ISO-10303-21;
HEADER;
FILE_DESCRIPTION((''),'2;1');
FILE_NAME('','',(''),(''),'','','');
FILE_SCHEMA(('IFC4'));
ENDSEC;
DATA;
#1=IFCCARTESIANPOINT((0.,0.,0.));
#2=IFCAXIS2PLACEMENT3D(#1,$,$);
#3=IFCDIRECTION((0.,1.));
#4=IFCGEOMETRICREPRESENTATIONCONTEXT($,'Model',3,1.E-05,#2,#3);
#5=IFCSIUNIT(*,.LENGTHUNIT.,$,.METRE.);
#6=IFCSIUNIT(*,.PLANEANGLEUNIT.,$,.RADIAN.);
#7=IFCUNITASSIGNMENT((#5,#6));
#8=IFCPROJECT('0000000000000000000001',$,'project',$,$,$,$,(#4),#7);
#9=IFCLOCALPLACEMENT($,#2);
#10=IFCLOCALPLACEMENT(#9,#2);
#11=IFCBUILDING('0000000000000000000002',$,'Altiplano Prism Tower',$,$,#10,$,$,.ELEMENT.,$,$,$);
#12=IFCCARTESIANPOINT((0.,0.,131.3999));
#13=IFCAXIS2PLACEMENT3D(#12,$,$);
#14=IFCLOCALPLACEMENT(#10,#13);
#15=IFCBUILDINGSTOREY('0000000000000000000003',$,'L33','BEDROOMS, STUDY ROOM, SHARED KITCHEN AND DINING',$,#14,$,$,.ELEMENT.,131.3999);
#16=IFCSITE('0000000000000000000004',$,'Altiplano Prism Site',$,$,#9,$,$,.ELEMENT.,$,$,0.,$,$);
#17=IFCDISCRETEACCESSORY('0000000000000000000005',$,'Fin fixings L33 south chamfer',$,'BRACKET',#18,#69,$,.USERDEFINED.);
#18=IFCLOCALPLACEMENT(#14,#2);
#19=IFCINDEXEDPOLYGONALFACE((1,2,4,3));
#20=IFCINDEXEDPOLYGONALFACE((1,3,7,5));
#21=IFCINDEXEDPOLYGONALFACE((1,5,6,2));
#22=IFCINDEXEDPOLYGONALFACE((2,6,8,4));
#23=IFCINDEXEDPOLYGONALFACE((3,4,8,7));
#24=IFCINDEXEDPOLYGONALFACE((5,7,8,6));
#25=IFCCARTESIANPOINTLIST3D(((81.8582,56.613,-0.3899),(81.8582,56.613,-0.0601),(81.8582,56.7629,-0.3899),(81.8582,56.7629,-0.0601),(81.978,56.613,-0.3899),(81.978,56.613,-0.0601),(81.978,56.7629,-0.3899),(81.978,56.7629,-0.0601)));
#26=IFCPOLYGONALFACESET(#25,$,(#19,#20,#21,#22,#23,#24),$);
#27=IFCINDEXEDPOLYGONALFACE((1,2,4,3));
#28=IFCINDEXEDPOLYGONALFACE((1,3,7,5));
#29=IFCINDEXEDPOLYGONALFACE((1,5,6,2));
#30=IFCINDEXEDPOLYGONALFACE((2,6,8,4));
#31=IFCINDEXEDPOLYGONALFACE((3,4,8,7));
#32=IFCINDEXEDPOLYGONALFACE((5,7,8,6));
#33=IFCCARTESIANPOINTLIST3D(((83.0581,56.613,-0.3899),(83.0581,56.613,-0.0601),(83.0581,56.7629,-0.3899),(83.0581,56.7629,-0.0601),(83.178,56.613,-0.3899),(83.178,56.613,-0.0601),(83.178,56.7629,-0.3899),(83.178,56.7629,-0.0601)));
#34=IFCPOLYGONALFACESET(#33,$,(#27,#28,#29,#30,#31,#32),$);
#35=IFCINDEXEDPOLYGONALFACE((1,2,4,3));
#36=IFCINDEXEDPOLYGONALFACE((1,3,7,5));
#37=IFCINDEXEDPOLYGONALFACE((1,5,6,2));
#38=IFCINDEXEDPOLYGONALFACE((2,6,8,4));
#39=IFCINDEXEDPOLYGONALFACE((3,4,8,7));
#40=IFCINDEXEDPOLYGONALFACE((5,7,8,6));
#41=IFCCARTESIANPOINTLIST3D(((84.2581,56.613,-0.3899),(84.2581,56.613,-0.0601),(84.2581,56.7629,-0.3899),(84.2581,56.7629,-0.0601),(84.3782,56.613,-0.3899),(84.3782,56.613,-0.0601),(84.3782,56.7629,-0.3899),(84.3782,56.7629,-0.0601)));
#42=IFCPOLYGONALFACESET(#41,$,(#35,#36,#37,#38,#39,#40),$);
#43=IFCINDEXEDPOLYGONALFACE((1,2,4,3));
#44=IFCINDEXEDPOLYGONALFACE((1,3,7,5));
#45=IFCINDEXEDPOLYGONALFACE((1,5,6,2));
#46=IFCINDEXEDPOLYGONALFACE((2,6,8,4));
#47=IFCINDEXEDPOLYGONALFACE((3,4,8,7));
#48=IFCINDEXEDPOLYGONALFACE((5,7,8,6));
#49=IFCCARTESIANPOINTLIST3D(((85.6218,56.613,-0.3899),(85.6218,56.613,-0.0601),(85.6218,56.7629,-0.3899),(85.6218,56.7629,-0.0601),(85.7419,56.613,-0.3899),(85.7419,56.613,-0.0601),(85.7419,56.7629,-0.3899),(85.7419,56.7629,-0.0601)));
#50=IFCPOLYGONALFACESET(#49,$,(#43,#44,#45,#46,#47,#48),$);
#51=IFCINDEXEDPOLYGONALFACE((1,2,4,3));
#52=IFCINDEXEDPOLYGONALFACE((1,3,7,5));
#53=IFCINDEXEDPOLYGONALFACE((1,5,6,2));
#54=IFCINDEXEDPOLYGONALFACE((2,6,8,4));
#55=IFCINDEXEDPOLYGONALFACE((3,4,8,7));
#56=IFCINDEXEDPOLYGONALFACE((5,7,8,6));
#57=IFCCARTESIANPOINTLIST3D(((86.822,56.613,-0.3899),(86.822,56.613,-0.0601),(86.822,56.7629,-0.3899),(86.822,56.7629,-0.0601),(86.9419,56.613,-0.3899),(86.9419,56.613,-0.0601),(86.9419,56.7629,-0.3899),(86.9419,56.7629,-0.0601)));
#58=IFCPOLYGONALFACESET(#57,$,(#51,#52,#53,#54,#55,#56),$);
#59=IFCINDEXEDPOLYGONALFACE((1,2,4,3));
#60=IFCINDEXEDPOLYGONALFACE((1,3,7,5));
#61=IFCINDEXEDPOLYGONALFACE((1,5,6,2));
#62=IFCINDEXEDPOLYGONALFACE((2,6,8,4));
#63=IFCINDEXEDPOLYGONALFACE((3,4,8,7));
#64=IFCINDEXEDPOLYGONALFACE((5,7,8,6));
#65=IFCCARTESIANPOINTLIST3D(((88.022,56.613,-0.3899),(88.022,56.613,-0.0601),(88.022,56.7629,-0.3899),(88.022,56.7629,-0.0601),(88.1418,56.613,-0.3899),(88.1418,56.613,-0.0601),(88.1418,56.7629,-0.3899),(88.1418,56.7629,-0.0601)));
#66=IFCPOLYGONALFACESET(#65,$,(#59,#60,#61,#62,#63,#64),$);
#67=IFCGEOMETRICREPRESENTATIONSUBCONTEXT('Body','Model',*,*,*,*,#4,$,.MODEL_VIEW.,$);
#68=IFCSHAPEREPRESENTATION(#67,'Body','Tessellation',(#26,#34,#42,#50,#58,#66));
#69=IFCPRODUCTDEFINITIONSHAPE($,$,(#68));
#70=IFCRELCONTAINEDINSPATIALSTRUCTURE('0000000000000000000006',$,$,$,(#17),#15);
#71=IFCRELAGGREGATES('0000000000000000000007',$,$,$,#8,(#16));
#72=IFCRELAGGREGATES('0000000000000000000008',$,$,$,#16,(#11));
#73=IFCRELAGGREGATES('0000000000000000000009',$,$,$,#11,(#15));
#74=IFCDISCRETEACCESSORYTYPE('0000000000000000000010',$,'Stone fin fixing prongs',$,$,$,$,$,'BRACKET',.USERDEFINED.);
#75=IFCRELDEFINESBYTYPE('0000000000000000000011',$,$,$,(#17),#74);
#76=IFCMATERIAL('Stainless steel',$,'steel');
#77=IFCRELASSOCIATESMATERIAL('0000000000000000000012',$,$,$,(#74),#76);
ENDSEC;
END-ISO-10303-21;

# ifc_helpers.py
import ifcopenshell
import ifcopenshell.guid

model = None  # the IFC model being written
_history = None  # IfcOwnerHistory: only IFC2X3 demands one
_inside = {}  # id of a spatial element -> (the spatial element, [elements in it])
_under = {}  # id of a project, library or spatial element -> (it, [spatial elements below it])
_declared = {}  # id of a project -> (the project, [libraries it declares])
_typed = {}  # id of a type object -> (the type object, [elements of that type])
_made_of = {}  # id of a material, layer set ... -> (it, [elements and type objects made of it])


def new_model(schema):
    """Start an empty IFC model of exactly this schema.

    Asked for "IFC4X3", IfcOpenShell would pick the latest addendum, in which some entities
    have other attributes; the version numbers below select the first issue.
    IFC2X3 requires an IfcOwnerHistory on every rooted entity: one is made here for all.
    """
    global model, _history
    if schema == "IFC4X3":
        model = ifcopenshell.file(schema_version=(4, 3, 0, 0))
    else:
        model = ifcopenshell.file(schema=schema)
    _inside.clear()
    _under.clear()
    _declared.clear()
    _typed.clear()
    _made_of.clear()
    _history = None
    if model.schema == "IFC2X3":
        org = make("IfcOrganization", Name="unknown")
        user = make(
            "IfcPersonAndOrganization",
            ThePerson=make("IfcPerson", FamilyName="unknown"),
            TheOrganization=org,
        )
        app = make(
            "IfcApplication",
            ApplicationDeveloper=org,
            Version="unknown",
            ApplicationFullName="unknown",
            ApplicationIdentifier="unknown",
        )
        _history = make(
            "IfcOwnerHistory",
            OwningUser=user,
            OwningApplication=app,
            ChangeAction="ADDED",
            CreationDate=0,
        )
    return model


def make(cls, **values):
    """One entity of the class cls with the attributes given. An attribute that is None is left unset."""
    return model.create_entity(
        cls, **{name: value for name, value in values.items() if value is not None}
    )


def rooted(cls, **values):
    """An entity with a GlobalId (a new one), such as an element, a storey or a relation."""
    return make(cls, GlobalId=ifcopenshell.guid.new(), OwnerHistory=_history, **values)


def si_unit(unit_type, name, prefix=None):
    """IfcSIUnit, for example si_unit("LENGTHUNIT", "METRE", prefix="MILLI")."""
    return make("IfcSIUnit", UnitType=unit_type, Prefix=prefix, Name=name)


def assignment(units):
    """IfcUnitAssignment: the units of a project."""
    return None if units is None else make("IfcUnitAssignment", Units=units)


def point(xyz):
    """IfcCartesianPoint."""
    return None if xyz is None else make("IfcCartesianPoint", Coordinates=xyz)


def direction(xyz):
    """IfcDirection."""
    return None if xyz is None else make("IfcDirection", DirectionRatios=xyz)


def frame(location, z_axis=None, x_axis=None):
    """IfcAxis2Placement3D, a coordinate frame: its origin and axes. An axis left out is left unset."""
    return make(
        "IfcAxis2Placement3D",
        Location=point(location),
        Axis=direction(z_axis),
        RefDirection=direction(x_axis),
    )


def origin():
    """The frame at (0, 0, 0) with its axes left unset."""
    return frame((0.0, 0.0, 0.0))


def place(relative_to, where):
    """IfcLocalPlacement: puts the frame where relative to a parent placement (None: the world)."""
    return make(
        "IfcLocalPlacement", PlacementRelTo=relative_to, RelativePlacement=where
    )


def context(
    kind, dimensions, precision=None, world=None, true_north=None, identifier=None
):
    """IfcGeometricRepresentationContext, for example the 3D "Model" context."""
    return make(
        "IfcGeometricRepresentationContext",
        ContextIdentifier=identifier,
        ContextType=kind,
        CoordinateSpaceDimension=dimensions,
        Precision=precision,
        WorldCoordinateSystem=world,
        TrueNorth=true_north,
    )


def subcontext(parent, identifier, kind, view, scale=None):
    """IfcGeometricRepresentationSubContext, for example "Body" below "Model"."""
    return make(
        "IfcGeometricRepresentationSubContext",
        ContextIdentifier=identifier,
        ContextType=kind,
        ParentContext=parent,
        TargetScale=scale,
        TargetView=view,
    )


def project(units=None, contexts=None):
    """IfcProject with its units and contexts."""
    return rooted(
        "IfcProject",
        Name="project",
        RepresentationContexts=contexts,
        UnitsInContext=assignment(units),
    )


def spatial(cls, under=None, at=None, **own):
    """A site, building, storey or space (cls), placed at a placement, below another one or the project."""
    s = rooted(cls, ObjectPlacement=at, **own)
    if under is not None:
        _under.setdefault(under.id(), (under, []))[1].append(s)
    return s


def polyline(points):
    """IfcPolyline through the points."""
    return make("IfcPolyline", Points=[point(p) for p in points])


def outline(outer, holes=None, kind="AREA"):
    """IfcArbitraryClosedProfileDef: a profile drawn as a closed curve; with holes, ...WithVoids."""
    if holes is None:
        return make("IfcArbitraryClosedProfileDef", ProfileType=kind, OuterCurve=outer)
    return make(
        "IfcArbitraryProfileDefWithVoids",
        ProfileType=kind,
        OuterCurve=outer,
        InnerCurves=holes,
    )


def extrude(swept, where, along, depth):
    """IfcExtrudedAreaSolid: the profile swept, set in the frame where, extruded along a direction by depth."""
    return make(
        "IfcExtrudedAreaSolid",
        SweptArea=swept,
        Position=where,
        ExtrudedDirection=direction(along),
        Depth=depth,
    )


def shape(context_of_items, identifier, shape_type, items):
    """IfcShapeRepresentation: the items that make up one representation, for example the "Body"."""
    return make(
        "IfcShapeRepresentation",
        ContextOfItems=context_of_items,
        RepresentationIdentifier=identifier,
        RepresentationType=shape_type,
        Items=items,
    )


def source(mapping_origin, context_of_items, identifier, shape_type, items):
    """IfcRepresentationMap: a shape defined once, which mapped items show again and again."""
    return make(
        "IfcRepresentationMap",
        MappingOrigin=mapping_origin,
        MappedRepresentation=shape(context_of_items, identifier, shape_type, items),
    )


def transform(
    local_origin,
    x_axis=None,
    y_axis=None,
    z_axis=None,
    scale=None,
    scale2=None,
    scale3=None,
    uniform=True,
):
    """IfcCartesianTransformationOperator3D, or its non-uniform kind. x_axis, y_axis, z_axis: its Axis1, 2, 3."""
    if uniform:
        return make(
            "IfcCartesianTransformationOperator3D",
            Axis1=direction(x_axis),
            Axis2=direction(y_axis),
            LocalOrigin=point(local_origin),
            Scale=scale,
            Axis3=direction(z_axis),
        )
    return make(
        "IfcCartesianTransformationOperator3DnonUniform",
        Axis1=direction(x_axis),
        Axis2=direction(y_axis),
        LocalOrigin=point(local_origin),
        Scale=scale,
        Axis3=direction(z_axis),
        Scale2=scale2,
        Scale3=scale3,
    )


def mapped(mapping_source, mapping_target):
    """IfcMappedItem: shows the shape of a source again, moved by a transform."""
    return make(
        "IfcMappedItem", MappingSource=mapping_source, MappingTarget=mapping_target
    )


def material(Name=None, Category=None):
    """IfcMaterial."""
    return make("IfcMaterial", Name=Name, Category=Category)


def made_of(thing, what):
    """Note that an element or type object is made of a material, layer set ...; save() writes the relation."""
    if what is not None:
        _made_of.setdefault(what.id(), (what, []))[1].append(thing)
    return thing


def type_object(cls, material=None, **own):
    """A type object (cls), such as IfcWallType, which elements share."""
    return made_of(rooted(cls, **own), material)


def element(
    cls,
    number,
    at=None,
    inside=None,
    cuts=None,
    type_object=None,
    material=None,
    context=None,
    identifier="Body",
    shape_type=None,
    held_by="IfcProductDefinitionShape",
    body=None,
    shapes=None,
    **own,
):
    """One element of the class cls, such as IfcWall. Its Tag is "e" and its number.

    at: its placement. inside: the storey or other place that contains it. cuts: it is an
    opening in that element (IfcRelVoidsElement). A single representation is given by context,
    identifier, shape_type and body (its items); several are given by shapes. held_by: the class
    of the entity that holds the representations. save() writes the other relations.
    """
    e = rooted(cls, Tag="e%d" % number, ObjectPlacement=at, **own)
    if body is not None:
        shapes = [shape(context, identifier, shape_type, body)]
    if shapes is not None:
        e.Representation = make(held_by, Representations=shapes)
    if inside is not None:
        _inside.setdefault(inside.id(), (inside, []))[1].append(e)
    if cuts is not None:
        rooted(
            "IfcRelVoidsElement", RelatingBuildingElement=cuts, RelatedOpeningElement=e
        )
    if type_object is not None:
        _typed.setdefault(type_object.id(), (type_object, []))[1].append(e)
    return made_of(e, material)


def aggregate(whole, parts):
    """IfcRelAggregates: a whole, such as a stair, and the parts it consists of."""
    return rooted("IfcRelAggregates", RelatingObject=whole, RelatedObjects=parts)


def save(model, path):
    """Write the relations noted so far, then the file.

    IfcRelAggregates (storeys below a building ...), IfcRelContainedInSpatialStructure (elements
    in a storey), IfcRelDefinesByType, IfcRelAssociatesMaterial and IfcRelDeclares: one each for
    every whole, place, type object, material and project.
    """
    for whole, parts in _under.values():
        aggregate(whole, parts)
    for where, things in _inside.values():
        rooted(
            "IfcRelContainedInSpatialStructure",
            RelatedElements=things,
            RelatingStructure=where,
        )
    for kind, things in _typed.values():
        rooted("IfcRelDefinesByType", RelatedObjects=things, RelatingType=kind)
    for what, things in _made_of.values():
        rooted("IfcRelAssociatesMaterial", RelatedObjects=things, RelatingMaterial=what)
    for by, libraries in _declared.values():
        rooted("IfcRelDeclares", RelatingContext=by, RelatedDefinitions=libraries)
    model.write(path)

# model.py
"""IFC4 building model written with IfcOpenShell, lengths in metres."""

from ifc_helpers import new_model, si_unit, direction, frame, origin, place, context, subcontext, project, spatial, polyline, outline, extrude, source, transform, mapped, material, type_object, element, save


model = new_model("IFC4")

# Units and contexts
model_context = context("Model", 3, precision=1e-05, world=origin(), true_north=direction((0.0, 1.0)))
body_context = subcontext(model_context, "Body", "Model", "MODEL_VIEW")
ifc_project = project(units=[si_unit("LENGTHUNIT", "METRE"), si_unit("PLANEANGLEUNIT", "RADIAN")], contexts=[model_context])

# Site, building, storey
site_placement = place(None, origin())
site = spatial("IfcSite", under=ifc_project, at=site_placement, Name="Altiplano Prism Site", CompositionType="ELEMENT", RefElevation=0.0)
building_placement = place(site_placement, origin())
building = spatial("IfcBuilding", under=site, at=building_placement, Name="Altiplano Prism Tower", CompositionType="ELEMENT")
storey_placement = place(building_placement, frame((0.0, 0.0, 131.3999)))
storey = spatial("IfcBuildingStorey", under=building, at=storey_placement, Name="L33", Description="BEDROOMS, STUDY ROOM, SHARED KITCHEN AND DINING", CompositionType="ELEMENT", Elevation=131.3999)

# Discrete accessory
ifc_material_1 = material(Name="Stainless steel", Category="steel")
discrete_accessory_type = type_object("IfcDiscreteAccessoryType", Name="Stone fin fixing prongs", ElementType="BRACKET", PredefinedType="USERDEFINED", material=ifc_material_1)
shared_shape_1 = source(origin(), body_context, "Body", "SweptSolid", [
    extrude(outline(polyline([(-3.1418, 0.0601), (-3.022, 0.0601), (-3.022, 0.3899), (-3.1418, 0.3899), (-3.1418, 0.0601)])), frame((0.0, 0.0, 0.0), z_axis=(0.0, -1.0, 0.0), x_axis=(1.0, 0.0, 0.0)), (0.0, 0.0, 1.0), 0.1499),
    extrude(outline(polyline([(-1.9419, 0.0601), (-1.822, 0.0601), (-1.822, 0.3899), (-1.9419, 0.3899), (-1.9419, 0.0601)])), frame((0.0, 0.0, 0.0), z_axis=(0.0, -1.0, 0.0), x_axis=(1.0, 0.0, 0.0)), (0.0, 0.0, 1.0), 0.1499),
    extrude(outline(polyline([(-0.7419, 0.0601), (-0.6218, 0.0601), (-0.6218, 0.3899), (-0.7419, 0.3899), (-0.7419, 0.0601)])), frame((0.0, 0.0, 0.0), z_axis=(0.0, -1.0, 0.0), x_axis=(1.0, 0.0, 0.0)), (0.0, 0.0, 1.0), 0.1499),
    extrude(outline(polyline([(0.6218, 0.0601), (0.7419, 0.0601), (0.7419, 0.3899), (0.6218, 0.3899), (0.6218, 0.0601)])), frame((0.0, 0.0, 0.0), z_axis=(0.0, -1.0, 0.0), x_axis=(1.0, 0.0, 0.0)), (0.0, 0.0, 1.0), 0.1499),
    extrude(outline(polyline([(1.822, 0.0601), (1.9419, 0.0601), (1.9419, 0.3899), (1.822, 0.3899), (1.822, 0.0601)])), frame((0.0, 0.0, 0.0), z_axis=(0.0, -1.0, 0.0), x_axis=(1.0, 0.0, 0.0)), (0.0, 0.0, 1.0), 0.1499),
    extrude(outline(polyline([(3.022, 0.0601), (3.1418, 0.0601), (3.1418, 0.3899), (3.022, 0.3899), (3.022, 0.0601)])), frame((0.0, 0.0, 0.0), z_axis=(0.0, -1.0, 0.0), x_axis=(1.0, 0.0, 0.0)), (0.0, 0.0, 1.0), 0.1499),
])
discrete_accessory_1_placement = place(storey_placement, origin())
element("IfcDiscreteAccessory", 1, at=discrete_accessory_1_placement, inside=storey, type_object=discrete_accessory_type, Name="Fin fixings L33 south chamfer", ObjectType="BRACKET", PredefinedType="USERDEFINED", context=body_context, shape_type="MappedRepresentation", body=[
    mapped(shared_shape_1, transform((85.0, 56.7629, -0.45), x_axis=(1.0, 0.0, 0.0), y_axis=(0.0, 1.0, 0.0), z_axis=(0.0, 0.0, 1.0))),
])

save(model, "model.ifc")
